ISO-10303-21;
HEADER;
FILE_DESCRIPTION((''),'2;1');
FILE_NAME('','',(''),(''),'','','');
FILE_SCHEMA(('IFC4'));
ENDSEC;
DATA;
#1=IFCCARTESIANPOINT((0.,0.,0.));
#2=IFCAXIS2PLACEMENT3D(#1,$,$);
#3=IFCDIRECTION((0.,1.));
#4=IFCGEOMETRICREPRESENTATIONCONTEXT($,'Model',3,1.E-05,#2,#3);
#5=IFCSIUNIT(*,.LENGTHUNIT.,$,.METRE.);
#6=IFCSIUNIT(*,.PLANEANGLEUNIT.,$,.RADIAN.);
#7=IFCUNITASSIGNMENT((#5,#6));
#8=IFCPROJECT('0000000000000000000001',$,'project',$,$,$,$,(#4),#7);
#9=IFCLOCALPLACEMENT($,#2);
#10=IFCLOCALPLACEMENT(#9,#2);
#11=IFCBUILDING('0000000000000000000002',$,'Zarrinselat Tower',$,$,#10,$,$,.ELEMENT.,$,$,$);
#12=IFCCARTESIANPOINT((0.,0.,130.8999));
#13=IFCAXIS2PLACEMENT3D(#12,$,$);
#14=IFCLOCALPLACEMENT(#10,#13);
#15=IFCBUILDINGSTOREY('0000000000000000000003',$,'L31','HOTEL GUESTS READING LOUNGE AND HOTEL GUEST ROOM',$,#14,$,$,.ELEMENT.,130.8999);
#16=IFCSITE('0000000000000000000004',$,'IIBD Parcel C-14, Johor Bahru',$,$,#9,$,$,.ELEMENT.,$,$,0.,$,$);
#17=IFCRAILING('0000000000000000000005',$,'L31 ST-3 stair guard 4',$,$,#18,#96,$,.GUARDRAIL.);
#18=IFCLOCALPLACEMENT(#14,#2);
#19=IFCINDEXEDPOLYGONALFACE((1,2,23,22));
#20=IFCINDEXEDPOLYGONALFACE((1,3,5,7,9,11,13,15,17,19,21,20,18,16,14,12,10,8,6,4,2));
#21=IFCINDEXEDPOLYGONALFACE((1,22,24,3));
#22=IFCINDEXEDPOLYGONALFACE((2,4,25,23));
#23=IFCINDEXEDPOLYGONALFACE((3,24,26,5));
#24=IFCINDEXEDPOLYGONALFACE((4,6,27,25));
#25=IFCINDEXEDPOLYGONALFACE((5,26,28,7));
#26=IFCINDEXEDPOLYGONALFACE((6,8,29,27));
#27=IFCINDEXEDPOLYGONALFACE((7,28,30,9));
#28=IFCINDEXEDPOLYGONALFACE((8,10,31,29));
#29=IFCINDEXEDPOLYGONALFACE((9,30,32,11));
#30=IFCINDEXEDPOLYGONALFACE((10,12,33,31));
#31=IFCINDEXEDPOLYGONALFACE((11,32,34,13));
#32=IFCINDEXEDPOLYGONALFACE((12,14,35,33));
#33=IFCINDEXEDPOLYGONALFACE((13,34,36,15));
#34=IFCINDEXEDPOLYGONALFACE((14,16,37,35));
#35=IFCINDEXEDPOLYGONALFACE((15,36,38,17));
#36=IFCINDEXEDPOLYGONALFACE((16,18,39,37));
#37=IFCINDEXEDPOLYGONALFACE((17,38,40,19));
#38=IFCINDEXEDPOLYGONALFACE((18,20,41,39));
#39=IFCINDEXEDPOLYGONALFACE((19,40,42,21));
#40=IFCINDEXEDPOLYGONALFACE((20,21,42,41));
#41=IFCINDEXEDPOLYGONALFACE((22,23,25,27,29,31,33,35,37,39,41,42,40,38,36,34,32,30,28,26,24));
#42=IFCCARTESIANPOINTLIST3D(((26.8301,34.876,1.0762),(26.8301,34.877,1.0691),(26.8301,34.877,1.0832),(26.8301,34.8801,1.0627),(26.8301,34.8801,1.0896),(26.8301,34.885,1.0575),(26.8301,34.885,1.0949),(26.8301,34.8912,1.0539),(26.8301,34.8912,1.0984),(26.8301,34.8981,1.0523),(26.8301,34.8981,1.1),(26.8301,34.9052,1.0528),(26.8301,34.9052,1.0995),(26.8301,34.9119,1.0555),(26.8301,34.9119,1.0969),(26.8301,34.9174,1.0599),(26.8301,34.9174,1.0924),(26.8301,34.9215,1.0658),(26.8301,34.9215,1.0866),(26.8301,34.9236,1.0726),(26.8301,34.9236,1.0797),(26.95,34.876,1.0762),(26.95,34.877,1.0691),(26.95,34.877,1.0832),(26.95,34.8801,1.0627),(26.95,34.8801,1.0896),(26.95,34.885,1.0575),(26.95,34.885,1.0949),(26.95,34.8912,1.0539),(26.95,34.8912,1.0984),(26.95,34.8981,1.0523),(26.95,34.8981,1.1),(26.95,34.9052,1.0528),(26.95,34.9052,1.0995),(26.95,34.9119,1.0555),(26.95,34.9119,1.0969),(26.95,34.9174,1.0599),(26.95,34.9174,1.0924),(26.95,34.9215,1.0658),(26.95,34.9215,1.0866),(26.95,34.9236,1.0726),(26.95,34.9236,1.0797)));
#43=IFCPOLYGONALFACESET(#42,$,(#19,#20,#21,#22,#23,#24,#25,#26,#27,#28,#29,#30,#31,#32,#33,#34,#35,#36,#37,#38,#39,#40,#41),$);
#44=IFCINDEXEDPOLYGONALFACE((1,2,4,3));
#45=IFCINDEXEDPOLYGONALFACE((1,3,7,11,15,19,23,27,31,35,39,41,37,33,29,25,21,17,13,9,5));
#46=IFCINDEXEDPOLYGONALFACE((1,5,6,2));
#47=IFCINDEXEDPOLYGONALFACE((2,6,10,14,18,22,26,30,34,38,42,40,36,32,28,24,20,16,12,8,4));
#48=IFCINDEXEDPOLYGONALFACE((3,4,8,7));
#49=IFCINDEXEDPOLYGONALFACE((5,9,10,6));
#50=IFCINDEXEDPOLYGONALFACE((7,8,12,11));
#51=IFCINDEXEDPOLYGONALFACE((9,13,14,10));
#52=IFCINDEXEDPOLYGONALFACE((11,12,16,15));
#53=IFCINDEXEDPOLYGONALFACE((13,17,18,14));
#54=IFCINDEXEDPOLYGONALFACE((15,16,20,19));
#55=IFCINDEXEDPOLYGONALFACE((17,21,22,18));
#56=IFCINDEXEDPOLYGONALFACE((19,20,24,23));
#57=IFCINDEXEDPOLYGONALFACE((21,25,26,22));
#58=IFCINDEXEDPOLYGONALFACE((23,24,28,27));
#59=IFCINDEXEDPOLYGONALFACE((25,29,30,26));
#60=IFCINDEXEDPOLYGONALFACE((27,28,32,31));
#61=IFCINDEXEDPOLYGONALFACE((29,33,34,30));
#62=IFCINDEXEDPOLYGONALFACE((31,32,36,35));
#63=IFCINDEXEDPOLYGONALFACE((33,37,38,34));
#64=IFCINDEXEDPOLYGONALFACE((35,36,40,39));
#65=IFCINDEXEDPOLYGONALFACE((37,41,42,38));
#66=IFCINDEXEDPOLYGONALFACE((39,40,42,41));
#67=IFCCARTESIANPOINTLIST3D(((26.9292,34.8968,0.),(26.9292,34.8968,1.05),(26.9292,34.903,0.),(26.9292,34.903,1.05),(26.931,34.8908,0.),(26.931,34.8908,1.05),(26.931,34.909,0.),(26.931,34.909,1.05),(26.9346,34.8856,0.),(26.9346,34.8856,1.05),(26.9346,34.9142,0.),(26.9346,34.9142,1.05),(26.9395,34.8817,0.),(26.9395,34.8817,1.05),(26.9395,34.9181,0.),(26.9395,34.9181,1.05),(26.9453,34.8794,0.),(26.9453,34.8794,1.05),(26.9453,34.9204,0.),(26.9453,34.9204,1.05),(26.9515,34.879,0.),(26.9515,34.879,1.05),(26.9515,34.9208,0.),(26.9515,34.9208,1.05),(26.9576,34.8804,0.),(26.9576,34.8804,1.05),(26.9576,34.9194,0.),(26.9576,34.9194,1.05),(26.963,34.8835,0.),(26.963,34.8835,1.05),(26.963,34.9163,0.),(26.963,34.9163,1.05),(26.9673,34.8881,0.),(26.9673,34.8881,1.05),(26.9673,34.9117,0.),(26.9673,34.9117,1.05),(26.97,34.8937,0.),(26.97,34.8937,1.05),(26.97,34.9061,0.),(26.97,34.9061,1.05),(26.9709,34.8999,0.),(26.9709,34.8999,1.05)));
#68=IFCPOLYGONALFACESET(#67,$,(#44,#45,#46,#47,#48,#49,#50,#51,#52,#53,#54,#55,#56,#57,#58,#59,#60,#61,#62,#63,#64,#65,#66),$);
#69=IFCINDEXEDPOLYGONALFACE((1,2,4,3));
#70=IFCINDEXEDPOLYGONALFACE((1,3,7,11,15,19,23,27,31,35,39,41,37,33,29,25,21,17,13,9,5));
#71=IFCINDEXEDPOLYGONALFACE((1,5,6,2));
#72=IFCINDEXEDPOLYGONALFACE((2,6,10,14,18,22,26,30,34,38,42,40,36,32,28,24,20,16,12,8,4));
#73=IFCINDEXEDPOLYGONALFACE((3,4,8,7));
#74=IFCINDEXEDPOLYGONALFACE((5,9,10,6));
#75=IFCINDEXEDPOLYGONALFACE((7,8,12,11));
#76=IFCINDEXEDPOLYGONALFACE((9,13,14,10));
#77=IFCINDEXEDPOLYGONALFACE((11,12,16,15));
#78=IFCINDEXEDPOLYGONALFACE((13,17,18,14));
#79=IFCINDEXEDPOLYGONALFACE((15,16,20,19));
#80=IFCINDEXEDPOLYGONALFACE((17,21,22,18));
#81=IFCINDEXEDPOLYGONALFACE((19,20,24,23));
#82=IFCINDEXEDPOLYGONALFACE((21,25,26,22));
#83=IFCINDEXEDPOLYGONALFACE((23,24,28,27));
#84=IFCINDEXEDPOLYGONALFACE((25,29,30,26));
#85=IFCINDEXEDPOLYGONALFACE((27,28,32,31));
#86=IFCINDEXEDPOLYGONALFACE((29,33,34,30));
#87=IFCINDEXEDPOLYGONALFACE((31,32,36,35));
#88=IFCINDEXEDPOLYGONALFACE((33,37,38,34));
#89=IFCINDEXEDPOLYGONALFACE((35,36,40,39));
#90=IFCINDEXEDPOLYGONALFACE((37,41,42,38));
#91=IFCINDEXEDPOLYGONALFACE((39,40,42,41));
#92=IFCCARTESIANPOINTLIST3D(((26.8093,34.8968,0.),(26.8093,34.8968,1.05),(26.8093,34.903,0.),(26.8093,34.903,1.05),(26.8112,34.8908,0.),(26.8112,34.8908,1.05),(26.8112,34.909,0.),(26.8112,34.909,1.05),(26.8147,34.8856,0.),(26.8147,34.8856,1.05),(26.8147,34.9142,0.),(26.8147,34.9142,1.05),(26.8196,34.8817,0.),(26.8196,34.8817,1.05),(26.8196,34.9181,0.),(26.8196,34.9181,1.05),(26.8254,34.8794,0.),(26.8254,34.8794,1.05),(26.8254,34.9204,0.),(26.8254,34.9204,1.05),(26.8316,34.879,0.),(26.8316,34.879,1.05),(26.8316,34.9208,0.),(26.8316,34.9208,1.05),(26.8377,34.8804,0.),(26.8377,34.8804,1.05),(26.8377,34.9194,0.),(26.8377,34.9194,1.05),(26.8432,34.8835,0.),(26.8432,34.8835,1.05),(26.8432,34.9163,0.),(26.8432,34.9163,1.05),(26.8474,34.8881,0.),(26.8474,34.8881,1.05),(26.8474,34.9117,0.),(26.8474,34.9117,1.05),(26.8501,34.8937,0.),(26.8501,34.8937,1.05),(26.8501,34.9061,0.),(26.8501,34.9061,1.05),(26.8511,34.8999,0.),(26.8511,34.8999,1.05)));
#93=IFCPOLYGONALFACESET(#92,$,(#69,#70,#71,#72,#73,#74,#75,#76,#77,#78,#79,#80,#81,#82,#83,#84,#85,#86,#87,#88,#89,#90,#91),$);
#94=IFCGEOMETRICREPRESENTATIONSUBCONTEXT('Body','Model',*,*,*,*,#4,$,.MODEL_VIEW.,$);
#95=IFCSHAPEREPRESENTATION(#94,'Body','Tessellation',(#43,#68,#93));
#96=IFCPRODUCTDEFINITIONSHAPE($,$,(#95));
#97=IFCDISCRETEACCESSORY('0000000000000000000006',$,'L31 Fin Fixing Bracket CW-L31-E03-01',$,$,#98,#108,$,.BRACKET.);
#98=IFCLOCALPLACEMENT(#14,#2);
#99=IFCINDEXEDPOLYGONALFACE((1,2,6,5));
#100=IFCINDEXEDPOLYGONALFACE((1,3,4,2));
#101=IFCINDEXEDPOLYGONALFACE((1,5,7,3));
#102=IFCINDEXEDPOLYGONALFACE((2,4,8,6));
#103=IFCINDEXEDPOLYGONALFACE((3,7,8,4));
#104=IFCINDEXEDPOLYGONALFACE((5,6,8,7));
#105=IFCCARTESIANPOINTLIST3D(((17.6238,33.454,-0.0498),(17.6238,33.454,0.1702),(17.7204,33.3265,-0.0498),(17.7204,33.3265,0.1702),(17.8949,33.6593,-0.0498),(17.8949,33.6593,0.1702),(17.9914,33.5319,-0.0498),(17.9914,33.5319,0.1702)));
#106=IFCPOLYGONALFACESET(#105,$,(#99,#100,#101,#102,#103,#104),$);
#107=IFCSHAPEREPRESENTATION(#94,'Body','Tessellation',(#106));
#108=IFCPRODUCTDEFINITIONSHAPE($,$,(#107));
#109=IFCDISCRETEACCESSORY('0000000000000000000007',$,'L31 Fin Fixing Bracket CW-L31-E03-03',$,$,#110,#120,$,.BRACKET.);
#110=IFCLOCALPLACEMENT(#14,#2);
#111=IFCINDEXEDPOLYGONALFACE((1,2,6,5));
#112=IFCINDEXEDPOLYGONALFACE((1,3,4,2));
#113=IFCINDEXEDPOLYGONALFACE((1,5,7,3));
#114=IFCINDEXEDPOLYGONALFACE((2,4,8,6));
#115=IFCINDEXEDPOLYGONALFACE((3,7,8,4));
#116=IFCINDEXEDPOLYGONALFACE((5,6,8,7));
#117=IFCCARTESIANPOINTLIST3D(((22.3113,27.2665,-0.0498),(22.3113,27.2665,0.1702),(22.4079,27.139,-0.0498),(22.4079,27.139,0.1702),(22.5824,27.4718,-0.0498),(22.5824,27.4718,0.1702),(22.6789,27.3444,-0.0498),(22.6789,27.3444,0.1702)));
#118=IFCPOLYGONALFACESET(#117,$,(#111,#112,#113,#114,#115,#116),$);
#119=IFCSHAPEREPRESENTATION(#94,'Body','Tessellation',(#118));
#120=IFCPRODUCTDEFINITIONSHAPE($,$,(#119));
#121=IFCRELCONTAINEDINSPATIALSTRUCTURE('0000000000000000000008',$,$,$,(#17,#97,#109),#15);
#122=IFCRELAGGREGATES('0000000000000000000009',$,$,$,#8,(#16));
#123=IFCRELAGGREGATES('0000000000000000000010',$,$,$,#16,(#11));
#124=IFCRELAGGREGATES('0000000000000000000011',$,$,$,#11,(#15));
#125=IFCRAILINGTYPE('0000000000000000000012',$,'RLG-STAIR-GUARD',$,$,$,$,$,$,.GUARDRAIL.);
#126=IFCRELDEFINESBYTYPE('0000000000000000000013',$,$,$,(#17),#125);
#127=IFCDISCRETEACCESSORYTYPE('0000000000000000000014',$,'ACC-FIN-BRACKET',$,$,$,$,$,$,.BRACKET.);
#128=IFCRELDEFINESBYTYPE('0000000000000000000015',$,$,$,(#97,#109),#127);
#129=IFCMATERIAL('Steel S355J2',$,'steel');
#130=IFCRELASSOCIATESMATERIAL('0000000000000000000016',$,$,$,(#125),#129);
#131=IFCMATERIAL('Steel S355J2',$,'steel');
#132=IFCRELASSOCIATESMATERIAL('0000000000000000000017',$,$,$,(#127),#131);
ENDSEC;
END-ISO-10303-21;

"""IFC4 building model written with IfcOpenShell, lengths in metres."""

from ifc_helpers import new_model, si_unit, direction, frame, origin, origin_2d, place, context, subcontext, project, spatial, rectangle, circle, extrude, material, type_object, element, save


model = new_model("IFC4")

# Units and contexts
model_context = context("Model", 3, precision=1e-05, world=origin(), true_north=direction((0.0, 1.0)))
body_context = subcontext(model_context, "Body", "Model", "MODEL_VIEW")
ifc_project = project(units=[si_unit("LENGTHUNIT", "METRE"), si_unit("PLANEANGLEUNIT", "RADIAN")], contexts=[model_context])

# Site, building, storey
site_placement = place(None, origin())
site = spatial("IfcSite", under=ifc_project, at=site_placement, Name="IIBD Parcel C-14, Johor Bahru", CompositionType="ELEMENT", RefElevation=0.0)
building_placement = place(site_placement, origin())
building = spatial("IfcBuilding", under=site, at=building_placement, Name="Zarrinselat Tower", CompositionType="ELEMENT")
storey_placement = place(building_placement, frame((0.0, 0.0, 130.8999)))
storey = spatial("IfcBuildingStorey", under=building, at=storey_placement, Name="L31", Description="HOTEL GUESTS READING LOUNGE AND HOTEL GUEST ROOM", CompositionType="ELEMENT", Elevation=130.8999)

# Railing
ifc_material_1 = material(Name="Steel S355J2", Category="steel")
railing_type = type_object("IfcRailingType", Name="RLG-STAIR-GUARD", PredefinedType="GUARDRAIL", material=ifc_material_1)
railing_1_placement = place(storey_placement, frame((26.95, 34.8999, 0.0)))
element("IfcRailing", 1, at=railing_1_placement, inside=storey, type_object=railing_type, Name="L31 ST-3 stair guard 4", PredefinedType="GUARDRAIL", context=body_context, shape_type="SweptSolid", body=[
    extrude(circle(Radius=0.0239, at=origin_2d()), frame((0.0, 0.0, 1.0762), z_axis=(-1.0, 0.0, 0.0), x_axis=(0.0, -1.0, 0.0)), (0.0, 0.0, 1.0), 0.1199),
    extrude(circle(Radius=0.021, at=origin_2d()), origin(), (0.0, 0.0, 1.0), 1.05),
    extrude(circle(Radius=0.021, at=origin_2d()), frame((-0.1199, 0.0, 0.0)), (0.0, 0.0, 1.0), 1.05),
])

# Discrete accessories
ifc_material_2 = material(Name="Steel S355J2", Category="steel")
discrete_accessory_type = type_object("IfcDiscreteAccessoryType", Name="ACC-FIN-BRACKET", PredefinedType="BRACKET", material=ifc_material_2)
for number, where, z_axis, x_axis, name in (
    (2, (17.8076, 33.4929, -0.0498), (0.0, 0.0, 1.0), (-0.797092, -0.603858, 0.0), "L31 Fin Fixing Bracket CW-L31-E03-01"),
    (3, (22.4951, 27.3054, -0.0498), (0.0, 0.0, 1.0), (-0.797092, -0.603858, 0.0), "L31 Fin Fixing Bracket CW-L31-E03-03"),
):
    element("IfcDiscreteAccessory", number, at=place(storey_placement, frame(where, z_axis=z_axis, x_axis=x_axis)), inside=storey, type_object=discrete_accessory_type, Name=name, PredefinedType="BRACKET", context=body_context, shape_type="SweptSolid", body=[
        extrude(rectangle(XDim=0.3401, YDim=0.1599, at=origin_2d()), origin(), (0.0, 0.0, 1.0), 0.22),
    ])

save(model, "model.ifc")
